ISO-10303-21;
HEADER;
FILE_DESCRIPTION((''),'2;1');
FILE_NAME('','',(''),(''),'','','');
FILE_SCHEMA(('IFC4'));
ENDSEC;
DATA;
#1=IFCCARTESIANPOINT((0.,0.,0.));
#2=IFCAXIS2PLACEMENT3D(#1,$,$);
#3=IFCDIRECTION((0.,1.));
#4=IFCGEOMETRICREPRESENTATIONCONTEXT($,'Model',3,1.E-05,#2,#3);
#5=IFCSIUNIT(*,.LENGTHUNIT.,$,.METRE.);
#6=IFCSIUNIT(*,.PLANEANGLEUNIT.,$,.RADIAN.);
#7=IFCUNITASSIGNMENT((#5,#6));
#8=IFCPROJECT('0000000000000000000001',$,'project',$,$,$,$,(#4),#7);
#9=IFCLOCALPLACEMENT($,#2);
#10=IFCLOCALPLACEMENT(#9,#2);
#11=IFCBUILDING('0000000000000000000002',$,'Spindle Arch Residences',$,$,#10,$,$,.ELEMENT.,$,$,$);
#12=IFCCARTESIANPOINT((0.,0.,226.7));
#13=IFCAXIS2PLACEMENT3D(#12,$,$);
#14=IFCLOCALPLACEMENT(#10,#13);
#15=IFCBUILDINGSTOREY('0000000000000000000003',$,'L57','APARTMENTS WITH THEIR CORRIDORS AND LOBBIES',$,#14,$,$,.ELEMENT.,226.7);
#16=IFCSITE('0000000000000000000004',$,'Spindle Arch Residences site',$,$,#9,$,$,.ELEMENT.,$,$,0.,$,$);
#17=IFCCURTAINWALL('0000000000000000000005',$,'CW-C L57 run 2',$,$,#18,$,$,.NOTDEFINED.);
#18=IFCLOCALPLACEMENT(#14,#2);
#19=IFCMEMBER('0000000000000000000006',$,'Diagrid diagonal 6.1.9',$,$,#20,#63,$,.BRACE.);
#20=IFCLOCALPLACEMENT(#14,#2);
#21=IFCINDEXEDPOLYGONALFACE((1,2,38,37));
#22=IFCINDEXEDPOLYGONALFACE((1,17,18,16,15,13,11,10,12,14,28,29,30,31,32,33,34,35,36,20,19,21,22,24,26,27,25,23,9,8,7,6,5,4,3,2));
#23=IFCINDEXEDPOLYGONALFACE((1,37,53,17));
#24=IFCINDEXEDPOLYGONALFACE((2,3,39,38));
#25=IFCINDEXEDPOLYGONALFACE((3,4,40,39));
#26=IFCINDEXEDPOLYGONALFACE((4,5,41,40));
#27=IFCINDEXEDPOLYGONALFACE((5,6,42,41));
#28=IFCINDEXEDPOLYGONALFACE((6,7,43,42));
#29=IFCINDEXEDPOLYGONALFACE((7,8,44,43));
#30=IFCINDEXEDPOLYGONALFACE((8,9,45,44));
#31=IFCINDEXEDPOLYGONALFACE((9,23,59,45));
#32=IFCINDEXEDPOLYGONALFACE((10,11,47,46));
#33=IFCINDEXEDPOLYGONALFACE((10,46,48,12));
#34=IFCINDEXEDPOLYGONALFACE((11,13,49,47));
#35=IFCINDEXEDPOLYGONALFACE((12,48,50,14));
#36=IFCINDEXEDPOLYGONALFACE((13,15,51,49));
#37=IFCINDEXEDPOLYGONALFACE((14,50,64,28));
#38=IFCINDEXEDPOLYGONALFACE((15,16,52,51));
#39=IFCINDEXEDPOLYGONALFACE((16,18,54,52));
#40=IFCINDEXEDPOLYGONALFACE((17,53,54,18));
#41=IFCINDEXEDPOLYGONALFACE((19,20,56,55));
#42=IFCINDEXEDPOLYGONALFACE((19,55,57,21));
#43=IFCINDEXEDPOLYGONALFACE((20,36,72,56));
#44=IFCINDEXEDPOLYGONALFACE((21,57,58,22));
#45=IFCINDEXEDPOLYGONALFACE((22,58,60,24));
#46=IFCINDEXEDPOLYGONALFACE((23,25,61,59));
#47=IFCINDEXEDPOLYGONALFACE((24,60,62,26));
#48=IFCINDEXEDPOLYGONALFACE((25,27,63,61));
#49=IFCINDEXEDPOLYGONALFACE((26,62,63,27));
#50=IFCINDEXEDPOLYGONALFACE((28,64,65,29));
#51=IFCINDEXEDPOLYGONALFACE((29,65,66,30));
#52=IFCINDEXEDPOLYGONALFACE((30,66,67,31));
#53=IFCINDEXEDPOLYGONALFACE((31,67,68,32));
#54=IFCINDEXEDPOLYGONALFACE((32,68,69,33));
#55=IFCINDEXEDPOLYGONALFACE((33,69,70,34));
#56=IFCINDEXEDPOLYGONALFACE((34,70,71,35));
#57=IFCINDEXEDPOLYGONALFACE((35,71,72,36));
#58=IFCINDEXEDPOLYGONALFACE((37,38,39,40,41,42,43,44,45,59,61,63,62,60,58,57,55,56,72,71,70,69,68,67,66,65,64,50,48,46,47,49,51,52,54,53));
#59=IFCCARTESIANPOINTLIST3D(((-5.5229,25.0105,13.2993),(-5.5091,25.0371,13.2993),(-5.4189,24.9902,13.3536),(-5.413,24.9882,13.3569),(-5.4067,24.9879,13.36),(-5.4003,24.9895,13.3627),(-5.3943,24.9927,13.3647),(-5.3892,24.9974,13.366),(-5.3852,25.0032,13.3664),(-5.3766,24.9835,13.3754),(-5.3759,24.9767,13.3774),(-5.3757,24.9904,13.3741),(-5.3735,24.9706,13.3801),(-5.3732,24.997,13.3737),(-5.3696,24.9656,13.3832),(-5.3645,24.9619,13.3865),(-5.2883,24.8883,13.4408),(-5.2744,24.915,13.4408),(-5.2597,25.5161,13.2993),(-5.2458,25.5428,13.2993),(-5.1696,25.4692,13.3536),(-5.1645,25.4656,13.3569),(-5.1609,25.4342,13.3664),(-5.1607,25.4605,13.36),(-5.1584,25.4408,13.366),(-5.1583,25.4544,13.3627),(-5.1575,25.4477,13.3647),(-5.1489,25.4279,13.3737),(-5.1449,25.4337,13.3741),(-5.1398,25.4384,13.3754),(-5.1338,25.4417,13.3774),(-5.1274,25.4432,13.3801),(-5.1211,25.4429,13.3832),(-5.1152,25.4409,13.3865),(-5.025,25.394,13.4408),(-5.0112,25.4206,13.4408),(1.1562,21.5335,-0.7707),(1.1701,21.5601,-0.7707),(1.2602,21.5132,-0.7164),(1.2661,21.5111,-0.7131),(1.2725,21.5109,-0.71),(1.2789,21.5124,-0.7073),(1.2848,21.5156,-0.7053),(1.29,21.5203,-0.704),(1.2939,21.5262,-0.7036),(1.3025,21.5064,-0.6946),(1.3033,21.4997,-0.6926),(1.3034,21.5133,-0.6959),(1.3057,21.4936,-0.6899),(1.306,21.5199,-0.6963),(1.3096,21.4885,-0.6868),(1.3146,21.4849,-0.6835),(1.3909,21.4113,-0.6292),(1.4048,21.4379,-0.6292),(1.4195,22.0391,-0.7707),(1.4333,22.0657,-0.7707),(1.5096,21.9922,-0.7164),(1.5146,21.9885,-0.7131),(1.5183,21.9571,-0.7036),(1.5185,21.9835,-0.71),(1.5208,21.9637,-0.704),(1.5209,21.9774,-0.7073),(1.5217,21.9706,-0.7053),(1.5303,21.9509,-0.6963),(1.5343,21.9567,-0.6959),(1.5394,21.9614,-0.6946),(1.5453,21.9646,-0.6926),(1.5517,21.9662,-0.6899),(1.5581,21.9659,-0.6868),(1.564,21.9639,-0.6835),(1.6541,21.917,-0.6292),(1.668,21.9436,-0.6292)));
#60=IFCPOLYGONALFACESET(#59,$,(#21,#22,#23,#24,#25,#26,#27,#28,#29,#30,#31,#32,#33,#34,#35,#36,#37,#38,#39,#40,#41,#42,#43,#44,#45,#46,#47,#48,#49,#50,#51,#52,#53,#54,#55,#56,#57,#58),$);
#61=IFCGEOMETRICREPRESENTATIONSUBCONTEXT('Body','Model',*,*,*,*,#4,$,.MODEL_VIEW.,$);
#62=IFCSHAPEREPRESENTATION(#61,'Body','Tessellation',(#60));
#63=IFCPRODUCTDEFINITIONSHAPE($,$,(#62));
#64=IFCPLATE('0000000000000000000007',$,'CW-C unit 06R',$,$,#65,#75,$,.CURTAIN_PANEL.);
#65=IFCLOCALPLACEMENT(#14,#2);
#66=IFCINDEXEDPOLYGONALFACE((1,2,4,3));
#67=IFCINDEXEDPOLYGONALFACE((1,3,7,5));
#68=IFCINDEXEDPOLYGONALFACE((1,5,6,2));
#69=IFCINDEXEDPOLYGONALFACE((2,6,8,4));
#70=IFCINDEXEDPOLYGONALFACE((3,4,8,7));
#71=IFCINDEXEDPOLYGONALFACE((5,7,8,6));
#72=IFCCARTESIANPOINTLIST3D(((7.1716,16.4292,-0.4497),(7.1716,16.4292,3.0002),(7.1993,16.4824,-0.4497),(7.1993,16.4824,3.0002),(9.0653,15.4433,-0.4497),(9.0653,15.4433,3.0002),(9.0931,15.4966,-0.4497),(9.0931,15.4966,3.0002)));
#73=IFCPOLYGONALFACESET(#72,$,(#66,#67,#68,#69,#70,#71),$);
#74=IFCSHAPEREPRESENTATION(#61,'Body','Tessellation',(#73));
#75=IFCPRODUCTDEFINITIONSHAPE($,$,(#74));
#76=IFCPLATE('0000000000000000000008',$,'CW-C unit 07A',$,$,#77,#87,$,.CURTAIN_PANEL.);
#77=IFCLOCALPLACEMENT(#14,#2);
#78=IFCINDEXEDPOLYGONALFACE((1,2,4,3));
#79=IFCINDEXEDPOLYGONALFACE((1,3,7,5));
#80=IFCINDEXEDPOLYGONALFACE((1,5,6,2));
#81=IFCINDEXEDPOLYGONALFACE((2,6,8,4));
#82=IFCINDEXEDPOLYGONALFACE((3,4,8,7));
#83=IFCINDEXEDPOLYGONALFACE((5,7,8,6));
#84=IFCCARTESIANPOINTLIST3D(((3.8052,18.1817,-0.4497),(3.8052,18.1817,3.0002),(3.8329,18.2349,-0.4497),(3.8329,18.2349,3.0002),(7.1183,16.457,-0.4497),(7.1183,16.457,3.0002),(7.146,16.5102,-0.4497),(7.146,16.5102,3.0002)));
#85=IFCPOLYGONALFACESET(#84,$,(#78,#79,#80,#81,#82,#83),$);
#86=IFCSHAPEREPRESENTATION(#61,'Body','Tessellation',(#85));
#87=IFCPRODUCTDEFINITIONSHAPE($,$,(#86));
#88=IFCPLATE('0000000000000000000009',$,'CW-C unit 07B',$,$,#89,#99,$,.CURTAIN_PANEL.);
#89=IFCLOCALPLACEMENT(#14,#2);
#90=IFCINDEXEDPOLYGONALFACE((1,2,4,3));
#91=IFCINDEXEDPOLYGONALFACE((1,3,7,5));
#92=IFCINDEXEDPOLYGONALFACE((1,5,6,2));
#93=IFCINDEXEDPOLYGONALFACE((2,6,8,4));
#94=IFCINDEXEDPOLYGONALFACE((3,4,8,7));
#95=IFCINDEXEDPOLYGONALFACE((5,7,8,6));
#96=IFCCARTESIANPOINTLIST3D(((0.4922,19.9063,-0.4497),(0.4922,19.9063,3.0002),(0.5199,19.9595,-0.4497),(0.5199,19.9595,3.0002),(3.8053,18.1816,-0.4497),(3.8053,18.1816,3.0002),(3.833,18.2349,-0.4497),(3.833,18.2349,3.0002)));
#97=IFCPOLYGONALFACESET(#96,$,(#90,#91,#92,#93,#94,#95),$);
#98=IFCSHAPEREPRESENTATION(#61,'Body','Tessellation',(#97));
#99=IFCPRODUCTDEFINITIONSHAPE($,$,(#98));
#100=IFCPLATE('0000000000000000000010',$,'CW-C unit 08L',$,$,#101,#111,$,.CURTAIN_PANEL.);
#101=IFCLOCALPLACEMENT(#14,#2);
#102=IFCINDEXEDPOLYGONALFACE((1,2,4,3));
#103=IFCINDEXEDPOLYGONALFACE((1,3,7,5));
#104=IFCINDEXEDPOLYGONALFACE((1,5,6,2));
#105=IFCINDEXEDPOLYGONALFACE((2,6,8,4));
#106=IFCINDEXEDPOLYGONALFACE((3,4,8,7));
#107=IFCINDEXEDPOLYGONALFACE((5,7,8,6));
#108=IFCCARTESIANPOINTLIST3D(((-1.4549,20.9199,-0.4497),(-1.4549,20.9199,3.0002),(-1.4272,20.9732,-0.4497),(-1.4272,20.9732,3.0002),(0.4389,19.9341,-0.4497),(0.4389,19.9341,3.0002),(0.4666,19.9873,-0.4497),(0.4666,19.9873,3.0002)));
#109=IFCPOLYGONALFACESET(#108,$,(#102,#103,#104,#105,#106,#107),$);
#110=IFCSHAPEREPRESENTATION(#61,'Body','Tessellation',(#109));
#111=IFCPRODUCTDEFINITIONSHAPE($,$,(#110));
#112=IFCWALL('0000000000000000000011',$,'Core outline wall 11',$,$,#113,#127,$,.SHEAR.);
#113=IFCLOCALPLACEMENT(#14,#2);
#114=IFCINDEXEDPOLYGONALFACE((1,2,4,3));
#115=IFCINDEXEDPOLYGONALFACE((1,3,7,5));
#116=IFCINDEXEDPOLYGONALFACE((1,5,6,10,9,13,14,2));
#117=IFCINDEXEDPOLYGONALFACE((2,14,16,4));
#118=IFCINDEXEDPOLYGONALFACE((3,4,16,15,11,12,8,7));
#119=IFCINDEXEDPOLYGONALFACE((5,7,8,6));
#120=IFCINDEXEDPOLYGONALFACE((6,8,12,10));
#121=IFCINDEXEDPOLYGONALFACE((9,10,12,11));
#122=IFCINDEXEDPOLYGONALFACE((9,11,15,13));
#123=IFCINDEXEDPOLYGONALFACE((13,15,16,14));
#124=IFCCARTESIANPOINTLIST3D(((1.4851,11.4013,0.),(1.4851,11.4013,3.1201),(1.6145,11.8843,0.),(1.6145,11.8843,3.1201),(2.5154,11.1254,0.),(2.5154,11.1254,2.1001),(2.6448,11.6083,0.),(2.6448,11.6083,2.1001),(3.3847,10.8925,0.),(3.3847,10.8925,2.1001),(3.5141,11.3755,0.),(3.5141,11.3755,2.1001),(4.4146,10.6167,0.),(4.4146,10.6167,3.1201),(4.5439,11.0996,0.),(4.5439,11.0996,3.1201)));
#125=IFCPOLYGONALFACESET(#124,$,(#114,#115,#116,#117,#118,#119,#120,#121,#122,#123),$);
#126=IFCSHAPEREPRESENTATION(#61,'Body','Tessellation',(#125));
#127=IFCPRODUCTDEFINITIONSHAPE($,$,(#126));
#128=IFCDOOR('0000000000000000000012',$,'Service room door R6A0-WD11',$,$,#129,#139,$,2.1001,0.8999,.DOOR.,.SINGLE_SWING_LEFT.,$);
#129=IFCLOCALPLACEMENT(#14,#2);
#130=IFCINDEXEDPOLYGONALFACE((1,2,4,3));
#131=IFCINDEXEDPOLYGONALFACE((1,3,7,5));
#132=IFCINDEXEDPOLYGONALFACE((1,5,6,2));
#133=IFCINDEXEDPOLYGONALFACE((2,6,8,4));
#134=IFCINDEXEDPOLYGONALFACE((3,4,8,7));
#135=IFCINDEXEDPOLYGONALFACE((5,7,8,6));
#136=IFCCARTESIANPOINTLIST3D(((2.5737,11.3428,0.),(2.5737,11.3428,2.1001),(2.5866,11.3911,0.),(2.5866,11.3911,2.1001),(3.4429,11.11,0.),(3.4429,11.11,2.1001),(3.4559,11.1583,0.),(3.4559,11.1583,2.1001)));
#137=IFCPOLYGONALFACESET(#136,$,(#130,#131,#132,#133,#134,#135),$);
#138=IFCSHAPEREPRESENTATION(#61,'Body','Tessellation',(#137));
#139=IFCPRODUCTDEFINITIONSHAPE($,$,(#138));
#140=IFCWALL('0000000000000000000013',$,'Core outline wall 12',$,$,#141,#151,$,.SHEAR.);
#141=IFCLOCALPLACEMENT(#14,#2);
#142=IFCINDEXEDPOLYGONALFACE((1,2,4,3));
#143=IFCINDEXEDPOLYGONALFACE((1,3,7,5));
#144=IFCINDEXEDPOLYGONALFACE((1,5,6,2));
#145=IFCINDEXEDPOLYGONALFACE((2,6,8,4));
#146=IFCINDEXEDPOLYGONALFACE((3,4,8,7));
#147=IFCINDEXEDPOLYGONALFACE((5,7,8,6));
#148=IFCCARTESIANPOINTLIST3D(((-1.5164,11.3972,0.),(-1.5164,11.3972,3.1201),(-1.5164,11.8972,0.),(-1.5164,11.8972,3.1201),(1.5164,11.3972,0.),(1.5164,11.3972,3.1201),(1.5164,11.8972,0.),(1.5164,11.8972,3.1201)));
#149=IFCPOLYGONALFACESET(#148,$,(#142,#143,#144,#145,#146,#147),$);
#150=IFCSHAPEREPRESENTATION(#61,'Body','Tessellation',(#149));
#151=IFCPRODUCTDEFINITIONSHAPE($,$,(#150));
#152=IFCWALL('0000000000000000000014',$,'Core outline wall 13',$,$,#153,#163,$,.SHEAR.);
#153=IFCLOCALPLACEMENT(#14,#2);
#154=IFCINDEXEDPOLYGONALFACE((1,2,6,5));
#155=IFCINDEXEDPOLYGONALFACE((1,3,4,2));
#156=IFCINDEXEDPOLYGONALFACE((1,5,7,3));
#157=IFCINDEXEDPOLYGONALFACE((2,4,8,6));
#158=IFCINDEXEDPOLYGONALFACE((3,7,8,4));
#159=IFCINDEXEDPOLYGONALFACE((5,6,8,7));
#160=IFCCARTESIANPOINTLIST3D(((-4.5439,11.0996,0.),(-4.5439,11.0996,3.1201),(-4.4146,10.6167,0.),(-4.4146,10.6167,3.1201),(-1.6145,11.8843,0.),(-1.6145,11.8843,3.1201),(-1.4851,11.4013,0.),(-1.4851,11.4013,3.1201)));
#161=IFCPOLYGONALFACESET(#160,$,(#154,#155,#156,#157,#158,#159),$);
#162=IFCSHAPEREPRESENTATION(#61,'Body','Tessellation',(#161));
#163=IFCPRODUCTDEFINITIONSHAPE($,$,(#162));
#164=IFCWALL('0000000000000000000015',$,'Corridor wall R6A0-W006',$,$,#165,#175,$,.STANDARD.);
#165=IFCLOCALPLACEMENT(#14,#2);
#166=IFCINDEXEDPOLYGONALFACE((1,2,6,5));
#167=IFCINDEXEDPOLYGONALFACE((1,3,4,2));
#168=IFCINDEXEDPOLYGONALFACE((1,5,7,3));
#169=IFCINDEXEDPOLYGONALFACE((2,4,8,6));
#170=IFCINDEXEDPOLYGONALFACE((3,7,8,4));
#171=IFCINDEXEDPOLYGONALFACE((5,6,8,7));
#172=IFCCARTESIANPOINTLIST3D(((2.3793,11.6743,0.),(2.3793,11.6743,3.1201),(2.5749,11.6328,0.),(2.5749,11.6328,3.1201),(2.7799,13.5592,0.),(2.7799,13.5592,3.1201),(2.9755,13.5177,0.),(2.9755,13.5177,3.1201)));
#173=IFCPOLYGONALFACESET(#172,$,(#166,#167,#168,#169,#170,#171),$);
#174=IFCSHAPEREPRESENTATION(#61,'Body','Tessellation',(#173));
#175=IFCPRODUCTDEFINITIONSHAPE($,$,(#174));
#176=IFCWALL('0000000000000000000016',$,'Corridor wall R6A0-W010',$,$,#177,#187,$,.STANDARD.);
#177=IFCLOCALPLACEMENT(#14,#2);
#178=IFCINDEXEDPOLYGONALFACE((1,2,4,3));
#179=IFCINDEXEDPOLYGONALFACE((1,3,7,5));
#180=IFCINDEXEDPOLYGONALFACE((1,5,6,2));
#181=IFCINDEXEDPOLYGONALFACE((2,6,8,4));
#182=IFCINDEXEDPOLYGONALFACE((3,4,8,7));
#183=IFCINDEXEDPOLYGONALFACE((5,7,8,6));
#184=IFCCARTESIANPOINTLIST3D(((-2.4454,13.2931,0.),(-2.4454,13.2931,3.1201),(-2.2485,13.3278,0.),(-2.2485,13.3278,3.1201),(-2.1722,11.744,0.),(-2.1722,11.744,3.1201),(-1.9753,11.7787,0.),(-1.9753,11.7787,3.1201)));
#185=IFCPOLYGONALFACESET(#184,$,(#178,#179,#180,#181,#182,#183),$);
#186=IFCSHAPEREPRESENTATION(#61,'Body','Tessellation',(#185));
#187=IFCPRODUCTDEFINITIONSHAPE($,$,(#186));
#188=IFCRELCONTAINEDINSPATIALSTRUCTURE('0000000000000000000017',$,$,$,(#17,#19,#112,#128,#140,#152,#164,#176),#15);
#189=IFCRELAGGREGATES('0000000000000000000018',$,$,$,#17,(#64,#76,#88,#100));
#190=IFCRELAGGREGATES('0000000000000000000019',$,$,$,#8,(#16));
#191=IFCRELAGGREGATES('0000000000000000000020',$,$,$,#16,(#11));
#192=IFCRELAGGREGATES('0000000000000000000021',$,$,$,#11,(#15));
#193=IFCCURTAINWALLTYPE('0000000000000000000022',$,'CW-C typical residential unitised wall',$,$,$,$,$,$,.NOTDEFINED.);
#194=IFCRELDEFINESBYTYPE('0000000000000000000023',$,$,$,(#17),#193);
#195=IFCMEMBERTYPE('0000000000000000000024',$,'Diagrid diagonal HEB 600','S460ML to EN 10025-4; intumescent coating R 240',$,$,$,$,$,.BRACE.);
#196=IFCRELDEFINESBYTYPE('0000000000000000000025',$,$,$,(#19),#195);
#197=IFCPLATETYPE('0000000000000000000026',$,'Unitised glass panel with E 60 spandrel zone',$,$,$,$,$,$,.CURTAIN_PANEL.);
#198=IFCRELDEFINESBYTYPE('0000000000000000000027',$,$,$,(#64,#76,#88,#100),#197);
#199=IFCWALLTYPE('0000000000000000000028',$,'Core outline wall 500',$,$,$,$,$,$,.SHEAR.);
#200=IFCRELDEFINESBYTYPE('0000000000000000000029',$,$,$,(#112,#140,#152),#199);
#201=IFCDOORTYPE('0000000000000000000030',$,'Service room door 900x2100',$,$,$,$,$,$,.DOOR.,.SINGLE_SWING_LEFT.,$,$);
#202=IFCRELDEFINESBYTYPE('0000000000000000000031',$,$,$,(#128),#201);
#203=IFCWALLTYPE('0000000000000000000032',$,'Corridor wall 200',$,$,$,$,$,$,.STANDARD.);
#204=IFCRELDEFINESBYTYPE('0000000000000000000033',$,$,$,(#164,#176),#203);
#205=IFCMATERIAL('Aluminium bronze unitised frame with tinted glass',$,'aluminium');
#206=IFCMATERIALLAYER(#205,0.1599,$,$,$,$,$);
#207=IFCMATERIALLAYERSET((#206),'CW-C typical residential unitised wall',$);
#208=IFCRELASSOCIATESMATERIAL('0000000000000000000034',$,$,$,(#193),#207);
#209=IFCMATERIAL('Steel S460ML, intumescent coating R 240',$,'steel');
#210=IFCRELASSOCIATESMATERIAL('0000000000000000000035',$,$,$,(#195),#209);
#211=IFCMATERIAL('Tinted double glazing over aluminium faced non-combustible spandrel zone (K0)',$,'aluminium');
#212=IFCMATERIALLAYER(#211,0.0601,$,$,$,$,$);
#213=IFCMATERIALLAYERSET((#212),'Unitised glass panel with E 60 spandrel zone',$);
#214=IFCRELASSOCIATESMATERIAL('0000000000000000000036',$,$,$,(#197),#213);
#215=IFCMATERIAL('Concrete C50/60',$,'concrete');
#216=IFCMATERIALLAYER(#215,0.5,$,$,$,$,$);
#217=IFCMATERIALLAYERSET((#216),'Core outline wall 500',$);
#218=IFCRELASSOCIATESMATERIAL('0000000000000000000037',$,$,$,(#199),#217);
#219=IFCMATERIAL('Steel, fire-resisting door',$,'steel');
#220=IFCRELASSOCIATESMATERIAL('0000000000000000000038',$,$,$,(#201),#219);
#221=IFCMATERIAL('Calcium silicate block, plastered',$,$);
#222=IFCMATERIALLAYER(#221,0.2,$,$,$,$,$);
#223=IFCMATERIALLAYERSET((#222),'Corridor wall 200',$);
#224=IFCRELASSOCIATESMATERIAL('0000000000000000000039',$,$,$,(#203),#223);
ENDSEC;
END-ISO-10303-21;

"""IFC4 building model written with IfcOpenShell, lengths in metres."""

from ifc_helpers import new_model, si_unit, direction, frame, frame_2d, origin, origin_2d, place, context, subcontext, project, spatial, rectangle, i_section, extrude, material, layer, layer_set, material_profile, profile_set, type_object, element, fill, aggregate, save


model = new_model("IFC4")

# Units and contexts
model_context = context("Model", 3, precision=1e-05, world=origin(), true_north=direction((0.0, 1.0)))
body_context = subcontext(model_context, "Body", "Model", "MODEL_VIEW")
ifc_project = project(units=[si_unit("LENGTHUNIT", "METRE"), si_unit("PLANEANGLEUNIT", "RADIAN")], contexts=[model_context])

# Site, building, storey
site_placement = place(None, origin())
site = spatial("IfcSite", under=ifc_project, at=site_placement, Name="Spindle Arch Residences site", CompositionType="ELEMENT", RefElevation=0.0)
building_placement = place(site_placement, origin())
building = spatial("IfcBuilding", under=site, at=building_placement, Name="Spindle Arch Residences", CompositionType="ELEMENT")
storey_placement = place(building_placement, frame((0.0, 0.0, 226.7)))
storey = spatial("IfcBuildingStorey", under=building, at=storey_placement, Name="L57", Description="APARTMENTS WITH THEIR CORRIDORS AND LOBBIES", CompositionType="ELEMENT", Elevation=226.7)

# Curtain wall
ifc_material_1 = material(Name="Aluminium bronze unitised frame with tinted glass", Category="aluminium")
ifc_layer_1 = layer(ifc_material_1, 0.1599)
ifc_layer_set_1 = layer_set([ifc_layer_1], Name="CW-C typical residential unitised wall")
curtain_wall_type = type_object("IfcCurtainWallType", Name="CW-C typical residential unitised wall", PredefinedType="NOTDEFINED", material=ifc_layer_set_1)
curtain_wall_placement = place(storey_placement, origin())
curtain_wall = element("IfcCurtainWall", 1, at=curtain_wall_placement, inside=storey, type_object=curtain_wall_type, Name="CW-C L57 run 2", PredefinedType="NOTDEFINED")

# Member
ifc_material_2 = material(Name="Steel S460ML, intumescent coating R 240", Category="steel")
ifc_material_profile_1 = material_profile(ifc_material_2, i_section(OverallWidth=0.3, OverallDepth=0.6001, WebThickness=0.0154, FlangeThickness=0.03, FilletRadius=0.0271, at=origin_2d()), Name="HEB 600")
ifc_profile_set_1 = profile_set([ifc_material_profile_1], Name="Steel S460ML, intumescent coating R 240")
member_type_1 = type_object("IfcMemberType", Name="Diagrid diagonal HEB 600", Description="S460ML to EN 10025-4; intumescent coating R 240", PredefinedType="BRACE", material=ifc_profile_set_1)
for number, where, z_axis, x_axis, name in (
    (2, (1.4121, 21.7385, -0.7), (-0.41854, 0.217883, 0.881675), (0.782052, -0.40712, 0.471857), "Diagrid diagonal 6.1.9"),
):
    element("IfcMember", number, at=place(storey_placement, frame(where, z_axis=z_axis, x_axis=x_axis)), inside=storey, type_object=member_type_1, Name=name, PredefinedType="BRACE", context=body_context, shape_type="SweptSolid", body=[
        extrude(i_section(OverallWidth=0.3, OverallDepth=0.6001, WebThickness=0.0154, FlangeThickness=0.03, FilletRadius=0.0271, at=origin_2d()), origin(), (0.0, 0.0, 1.0), 15.9583),
    ])

# Plates
ifc_material_3 = material(Name="Tinted double glazing over aluminium faced non-combustible spandrel zone (K0)", Category="aluminium")
ifc_layer_2 = layer(ifc_material_3, 0.0601)
ifc_layer_set_2 = layer_set([ifc_layer_2], Name="Unitised glass panel with E 60 spandrel zone")
plate_type = type_object("IfcPlateType", Name="Unitised glass panel with E 60 spandrel zone", PredefinedType="CURTAIN_PANEL", material=ifc_layer_set_2)
plate_1_placement = place(storey_placement, frame((8.1323, 15.9629, -0.4497), z_axis=(0.0, 0.0, 1.0), x_axis=(-0.887011, 0.461749, 0.0)))
plate_1 = element("IfcPlate", 3, at=plate_1_placement, type_object=plate_type, Name="CW-C unit 06R", PredefinedType="CURTAIN_PANEL", context=body_context, shape_type="SweptSolid", body=[
    extrude(rectangle(XDim=2.135, YDim=0.0601, at=origin_2d()), origin(), (0.0, 0.0, 1.0), 3.45),
])
plate_2_placement = place(storey_placement, frame((5.4756, 17.3459, -0.4497), z_axis=(0.0, 0.0, 1.0), x_axis=(-0.887011, 0.461749, 0.0)))
plate_2 = element("IfcPlate", 4, at=plate_2_placement, type_object=plate_type, Name="CW-C unit 07A", PredefinedType="CURTAIN_PANEL", context=body_context, shape_type="SweptSolid", body=[
    extrude(rectangle(XDim=3.7351, YDim=0.0601, at=origin_2d()), origin(), (0.0, 0.0, 1.0), 3.45),
])
plate_3_placement = place(storey_placement, frame((2.1626, 19.0706, -0.4497), z_axis=(0.0, 0.0, 1.0), x_axis=(-0.887011, 0.461749, 0.0)))
plate_3 = element("IfcPlate", 5, at=plate_3_placement, type_object=plate_type, Name="CW-C unit 07B", PredefinedType="CURTAIN_PANEL", context=body_context, shape_type="SweptSolid", body=[
    extrude(rectangle(XDim=3.7351, YDim=0.0601, at=origin_2d()), origin(), (0.0, 0.0, 1.0), 3.45),
])
plate_4_placement = place(storey_placement, frame((-0.4941, 20.4536, -0.4497), z_axis=(0.0, 0.0, 1.0), x_axis=(-0.887011, 0.461749, 0.0)))
plate_4 = element("IfcPlate", 6, at=plate_4_placement, type_object=plate_type, Name="CW-C unit 08L", PredefinedType="CURTAIN_PANEL", context=body_context, shape_type="SweptSolid", body=[
    extrude(rectangle(XDim=2.135, YDim=0.0601, at=origin_2d()), origin(), (0.0, 0.0, 1.0), 3.45),
])
aggregate(curtain_wall, [plate_1, plate_2, plate_3, plate_4])

# Wall, opening, door
ifc_material_4 = material(Name="Concrete C50/60", Category="concrete")
ifc_layer_3 = layer(ifc_material_4, 0.5)
ifc_layer_set_3 = layer_set([ifc_layer_3], Name="Core outline wall 500")
wall_type_1 = type_object("IfcWallType", Name="Core outline wall 500", PredefinedType="SHEAR", material=ifc_layer_set_3)
wall_1_placement = place(storey_placement, frame((4.4792, 10.8582, 0.0), z_axis=(0.0, 0.0, 1.0), x_axis=(-0.965948, 0.258735, 0.0)))
wall_1 = element("IfcWall", 7, at=wall_1_placement, inside=storey, type_object=wall_type_1, Name="Core outline wall 11", PredefinedType="SHEAR", context=body_context, shape_type="SweptSolid", body=[
    extrude(rectangle(XDim=3.0327, YDim=0.5, at=frame_2d((1.5164, 0.0))), origin(), (0.0, 0.0, 1.0), 3.1201),
])
opening_1_placement = place(wall_1_placement, frame((1.0662, 0.0, 0.0)))
opening_1 = element("IfcOpeningElement", 8, at=opening_1_placement, cuts=wall_1, PredefinedType="OPENING", context=body_context, shape_type="SweptSolid", body=[
    extrude(rectangle(XDim=0.8999, YDim=2.1001, at=frame_2d((0.45, 1.05))), frame((0.0, 0.26, 0.0), z_axis=(0.0, -1.0, 0.0), x_axis=(1.0, 0.0, 0.0)), (0.0, 0.0, 1.0), 0.52),
])
ifc_material_5 = material(Name="Steel, fire-resisting door", Category="steel")
door_type_1 = type_object("IfcDoorType", Name="Service room door 900x2100", OperationType="SINGLE_SWING_LEFT", PredefinedType="DOOR", material=ifc_material_5)
door_1_placement = place(opening_1_placement, origin())
door_1 = element("IfcDoor", 9, at=door_1_placement, inside=storey, type_object=door_type_1, Name="Service room door R6A0-WD11", OperationType="SINGLE_SWING_LEFT", OverallHeight=2.1001, OverallWidth=0.8999, PredefinedType="DOOR", context=body_context, shape_type="SweptSolid", body=[
    extrude(rectangle(XDim=0.8999, YDim=2.1001, at=frame_2d((0.45, 1.05))), frame((0.0, 0.0249, 0.0), z_axis=(0.0, -1.0, 0.0), x_axis=(1.0, 0.0, 0.0)), (0.0, 0.0, 1.0), 0.05),
])
fill(opening_1, door_1)

# Walls
for number, where, z_axis, x_axis, name in (
    (10, (1.5164, 11.6472, 0.0), (0.0, 0.0, 1.0), (-1.0, 0.0, 0.0), "Core outline wall 12"),
    (11, (-1.5498, 11.6428, 0.0), (0.0, 0.0, 1.0), (-0.965948, -0.258735, 0.0), "Core outline wall 13"),
):
    element("IfcWall", number, at=place(storey_placement, frame(where, z_axis=z_axis, x_axis=x_axis)), inside=storey, type_object=wall_type_1, Name=name, PredefinedType="SHEAR", context=body_context, shape_type="SweptSolid", body=[
        extrude(rectangle(XDim=3.0327, YDim=0.5, at=frame_2d((1.5164, 0.0))), origin(), (0.0, 0.0, 1.0), 3.1201),
    ])
ifc_material_6 = material(Name="Calcium silicate block, plastered")
ifc_layer_4 = layer(ifc_material_6, 0.2)
ifc_layer_set_4 = layer_set([ifc_layer_4], Name="Corridor wall 200")
wall_type_2 = type_object("IfcWallType", Name="Corridor wall 200", PredefinedType="STANDARD", material=ifc_layer_set_4)
wall_2_placement = place(storey_placement, frame((2.8777, 13.5383, 0.0), z_axis=(0.0, 0.0, 1.0), x_axis=(-0.207894, -0.978151, 0.0)))
element("IfcWall", 12, at=wall_2_placement, inside=storey, type_object=wall_type_2, Name="Corridor wall R6A0-W006", PredefinedType="STANDARD", context=body_context, shape_type="SweptSolid", body=[
    extrude(rectangle(XDim=1.927, YDim=0.2, at=frame_2d((0.9634, 0.0))), origin(), (0.0, 0.0, 1.0), 3.1201),
])
wall_3_placement = place(storey_placement, frame((-2.0737, 11.7612, 0.0), z_axis=(0.0, 0.0, 1.0), x_axis=(-0.173679, 0.984802, 0.0)))
element("IfcWall", 13, at=wall_3_placement, inside=storey, type_object=wall_type_2, Name="Corridor wall R6A0-W010", PredefinedType="STANDARD", context=body_context, shape_type="SweptSolid", body=[
    extrude(rectangle(XDim=1.573, YDim=0.2, at=frame_2d((0.7866, 0.0))), origin(), (0.0, 0.0, 1.0), 3.1201),
])

save(model, "model.ifc")
